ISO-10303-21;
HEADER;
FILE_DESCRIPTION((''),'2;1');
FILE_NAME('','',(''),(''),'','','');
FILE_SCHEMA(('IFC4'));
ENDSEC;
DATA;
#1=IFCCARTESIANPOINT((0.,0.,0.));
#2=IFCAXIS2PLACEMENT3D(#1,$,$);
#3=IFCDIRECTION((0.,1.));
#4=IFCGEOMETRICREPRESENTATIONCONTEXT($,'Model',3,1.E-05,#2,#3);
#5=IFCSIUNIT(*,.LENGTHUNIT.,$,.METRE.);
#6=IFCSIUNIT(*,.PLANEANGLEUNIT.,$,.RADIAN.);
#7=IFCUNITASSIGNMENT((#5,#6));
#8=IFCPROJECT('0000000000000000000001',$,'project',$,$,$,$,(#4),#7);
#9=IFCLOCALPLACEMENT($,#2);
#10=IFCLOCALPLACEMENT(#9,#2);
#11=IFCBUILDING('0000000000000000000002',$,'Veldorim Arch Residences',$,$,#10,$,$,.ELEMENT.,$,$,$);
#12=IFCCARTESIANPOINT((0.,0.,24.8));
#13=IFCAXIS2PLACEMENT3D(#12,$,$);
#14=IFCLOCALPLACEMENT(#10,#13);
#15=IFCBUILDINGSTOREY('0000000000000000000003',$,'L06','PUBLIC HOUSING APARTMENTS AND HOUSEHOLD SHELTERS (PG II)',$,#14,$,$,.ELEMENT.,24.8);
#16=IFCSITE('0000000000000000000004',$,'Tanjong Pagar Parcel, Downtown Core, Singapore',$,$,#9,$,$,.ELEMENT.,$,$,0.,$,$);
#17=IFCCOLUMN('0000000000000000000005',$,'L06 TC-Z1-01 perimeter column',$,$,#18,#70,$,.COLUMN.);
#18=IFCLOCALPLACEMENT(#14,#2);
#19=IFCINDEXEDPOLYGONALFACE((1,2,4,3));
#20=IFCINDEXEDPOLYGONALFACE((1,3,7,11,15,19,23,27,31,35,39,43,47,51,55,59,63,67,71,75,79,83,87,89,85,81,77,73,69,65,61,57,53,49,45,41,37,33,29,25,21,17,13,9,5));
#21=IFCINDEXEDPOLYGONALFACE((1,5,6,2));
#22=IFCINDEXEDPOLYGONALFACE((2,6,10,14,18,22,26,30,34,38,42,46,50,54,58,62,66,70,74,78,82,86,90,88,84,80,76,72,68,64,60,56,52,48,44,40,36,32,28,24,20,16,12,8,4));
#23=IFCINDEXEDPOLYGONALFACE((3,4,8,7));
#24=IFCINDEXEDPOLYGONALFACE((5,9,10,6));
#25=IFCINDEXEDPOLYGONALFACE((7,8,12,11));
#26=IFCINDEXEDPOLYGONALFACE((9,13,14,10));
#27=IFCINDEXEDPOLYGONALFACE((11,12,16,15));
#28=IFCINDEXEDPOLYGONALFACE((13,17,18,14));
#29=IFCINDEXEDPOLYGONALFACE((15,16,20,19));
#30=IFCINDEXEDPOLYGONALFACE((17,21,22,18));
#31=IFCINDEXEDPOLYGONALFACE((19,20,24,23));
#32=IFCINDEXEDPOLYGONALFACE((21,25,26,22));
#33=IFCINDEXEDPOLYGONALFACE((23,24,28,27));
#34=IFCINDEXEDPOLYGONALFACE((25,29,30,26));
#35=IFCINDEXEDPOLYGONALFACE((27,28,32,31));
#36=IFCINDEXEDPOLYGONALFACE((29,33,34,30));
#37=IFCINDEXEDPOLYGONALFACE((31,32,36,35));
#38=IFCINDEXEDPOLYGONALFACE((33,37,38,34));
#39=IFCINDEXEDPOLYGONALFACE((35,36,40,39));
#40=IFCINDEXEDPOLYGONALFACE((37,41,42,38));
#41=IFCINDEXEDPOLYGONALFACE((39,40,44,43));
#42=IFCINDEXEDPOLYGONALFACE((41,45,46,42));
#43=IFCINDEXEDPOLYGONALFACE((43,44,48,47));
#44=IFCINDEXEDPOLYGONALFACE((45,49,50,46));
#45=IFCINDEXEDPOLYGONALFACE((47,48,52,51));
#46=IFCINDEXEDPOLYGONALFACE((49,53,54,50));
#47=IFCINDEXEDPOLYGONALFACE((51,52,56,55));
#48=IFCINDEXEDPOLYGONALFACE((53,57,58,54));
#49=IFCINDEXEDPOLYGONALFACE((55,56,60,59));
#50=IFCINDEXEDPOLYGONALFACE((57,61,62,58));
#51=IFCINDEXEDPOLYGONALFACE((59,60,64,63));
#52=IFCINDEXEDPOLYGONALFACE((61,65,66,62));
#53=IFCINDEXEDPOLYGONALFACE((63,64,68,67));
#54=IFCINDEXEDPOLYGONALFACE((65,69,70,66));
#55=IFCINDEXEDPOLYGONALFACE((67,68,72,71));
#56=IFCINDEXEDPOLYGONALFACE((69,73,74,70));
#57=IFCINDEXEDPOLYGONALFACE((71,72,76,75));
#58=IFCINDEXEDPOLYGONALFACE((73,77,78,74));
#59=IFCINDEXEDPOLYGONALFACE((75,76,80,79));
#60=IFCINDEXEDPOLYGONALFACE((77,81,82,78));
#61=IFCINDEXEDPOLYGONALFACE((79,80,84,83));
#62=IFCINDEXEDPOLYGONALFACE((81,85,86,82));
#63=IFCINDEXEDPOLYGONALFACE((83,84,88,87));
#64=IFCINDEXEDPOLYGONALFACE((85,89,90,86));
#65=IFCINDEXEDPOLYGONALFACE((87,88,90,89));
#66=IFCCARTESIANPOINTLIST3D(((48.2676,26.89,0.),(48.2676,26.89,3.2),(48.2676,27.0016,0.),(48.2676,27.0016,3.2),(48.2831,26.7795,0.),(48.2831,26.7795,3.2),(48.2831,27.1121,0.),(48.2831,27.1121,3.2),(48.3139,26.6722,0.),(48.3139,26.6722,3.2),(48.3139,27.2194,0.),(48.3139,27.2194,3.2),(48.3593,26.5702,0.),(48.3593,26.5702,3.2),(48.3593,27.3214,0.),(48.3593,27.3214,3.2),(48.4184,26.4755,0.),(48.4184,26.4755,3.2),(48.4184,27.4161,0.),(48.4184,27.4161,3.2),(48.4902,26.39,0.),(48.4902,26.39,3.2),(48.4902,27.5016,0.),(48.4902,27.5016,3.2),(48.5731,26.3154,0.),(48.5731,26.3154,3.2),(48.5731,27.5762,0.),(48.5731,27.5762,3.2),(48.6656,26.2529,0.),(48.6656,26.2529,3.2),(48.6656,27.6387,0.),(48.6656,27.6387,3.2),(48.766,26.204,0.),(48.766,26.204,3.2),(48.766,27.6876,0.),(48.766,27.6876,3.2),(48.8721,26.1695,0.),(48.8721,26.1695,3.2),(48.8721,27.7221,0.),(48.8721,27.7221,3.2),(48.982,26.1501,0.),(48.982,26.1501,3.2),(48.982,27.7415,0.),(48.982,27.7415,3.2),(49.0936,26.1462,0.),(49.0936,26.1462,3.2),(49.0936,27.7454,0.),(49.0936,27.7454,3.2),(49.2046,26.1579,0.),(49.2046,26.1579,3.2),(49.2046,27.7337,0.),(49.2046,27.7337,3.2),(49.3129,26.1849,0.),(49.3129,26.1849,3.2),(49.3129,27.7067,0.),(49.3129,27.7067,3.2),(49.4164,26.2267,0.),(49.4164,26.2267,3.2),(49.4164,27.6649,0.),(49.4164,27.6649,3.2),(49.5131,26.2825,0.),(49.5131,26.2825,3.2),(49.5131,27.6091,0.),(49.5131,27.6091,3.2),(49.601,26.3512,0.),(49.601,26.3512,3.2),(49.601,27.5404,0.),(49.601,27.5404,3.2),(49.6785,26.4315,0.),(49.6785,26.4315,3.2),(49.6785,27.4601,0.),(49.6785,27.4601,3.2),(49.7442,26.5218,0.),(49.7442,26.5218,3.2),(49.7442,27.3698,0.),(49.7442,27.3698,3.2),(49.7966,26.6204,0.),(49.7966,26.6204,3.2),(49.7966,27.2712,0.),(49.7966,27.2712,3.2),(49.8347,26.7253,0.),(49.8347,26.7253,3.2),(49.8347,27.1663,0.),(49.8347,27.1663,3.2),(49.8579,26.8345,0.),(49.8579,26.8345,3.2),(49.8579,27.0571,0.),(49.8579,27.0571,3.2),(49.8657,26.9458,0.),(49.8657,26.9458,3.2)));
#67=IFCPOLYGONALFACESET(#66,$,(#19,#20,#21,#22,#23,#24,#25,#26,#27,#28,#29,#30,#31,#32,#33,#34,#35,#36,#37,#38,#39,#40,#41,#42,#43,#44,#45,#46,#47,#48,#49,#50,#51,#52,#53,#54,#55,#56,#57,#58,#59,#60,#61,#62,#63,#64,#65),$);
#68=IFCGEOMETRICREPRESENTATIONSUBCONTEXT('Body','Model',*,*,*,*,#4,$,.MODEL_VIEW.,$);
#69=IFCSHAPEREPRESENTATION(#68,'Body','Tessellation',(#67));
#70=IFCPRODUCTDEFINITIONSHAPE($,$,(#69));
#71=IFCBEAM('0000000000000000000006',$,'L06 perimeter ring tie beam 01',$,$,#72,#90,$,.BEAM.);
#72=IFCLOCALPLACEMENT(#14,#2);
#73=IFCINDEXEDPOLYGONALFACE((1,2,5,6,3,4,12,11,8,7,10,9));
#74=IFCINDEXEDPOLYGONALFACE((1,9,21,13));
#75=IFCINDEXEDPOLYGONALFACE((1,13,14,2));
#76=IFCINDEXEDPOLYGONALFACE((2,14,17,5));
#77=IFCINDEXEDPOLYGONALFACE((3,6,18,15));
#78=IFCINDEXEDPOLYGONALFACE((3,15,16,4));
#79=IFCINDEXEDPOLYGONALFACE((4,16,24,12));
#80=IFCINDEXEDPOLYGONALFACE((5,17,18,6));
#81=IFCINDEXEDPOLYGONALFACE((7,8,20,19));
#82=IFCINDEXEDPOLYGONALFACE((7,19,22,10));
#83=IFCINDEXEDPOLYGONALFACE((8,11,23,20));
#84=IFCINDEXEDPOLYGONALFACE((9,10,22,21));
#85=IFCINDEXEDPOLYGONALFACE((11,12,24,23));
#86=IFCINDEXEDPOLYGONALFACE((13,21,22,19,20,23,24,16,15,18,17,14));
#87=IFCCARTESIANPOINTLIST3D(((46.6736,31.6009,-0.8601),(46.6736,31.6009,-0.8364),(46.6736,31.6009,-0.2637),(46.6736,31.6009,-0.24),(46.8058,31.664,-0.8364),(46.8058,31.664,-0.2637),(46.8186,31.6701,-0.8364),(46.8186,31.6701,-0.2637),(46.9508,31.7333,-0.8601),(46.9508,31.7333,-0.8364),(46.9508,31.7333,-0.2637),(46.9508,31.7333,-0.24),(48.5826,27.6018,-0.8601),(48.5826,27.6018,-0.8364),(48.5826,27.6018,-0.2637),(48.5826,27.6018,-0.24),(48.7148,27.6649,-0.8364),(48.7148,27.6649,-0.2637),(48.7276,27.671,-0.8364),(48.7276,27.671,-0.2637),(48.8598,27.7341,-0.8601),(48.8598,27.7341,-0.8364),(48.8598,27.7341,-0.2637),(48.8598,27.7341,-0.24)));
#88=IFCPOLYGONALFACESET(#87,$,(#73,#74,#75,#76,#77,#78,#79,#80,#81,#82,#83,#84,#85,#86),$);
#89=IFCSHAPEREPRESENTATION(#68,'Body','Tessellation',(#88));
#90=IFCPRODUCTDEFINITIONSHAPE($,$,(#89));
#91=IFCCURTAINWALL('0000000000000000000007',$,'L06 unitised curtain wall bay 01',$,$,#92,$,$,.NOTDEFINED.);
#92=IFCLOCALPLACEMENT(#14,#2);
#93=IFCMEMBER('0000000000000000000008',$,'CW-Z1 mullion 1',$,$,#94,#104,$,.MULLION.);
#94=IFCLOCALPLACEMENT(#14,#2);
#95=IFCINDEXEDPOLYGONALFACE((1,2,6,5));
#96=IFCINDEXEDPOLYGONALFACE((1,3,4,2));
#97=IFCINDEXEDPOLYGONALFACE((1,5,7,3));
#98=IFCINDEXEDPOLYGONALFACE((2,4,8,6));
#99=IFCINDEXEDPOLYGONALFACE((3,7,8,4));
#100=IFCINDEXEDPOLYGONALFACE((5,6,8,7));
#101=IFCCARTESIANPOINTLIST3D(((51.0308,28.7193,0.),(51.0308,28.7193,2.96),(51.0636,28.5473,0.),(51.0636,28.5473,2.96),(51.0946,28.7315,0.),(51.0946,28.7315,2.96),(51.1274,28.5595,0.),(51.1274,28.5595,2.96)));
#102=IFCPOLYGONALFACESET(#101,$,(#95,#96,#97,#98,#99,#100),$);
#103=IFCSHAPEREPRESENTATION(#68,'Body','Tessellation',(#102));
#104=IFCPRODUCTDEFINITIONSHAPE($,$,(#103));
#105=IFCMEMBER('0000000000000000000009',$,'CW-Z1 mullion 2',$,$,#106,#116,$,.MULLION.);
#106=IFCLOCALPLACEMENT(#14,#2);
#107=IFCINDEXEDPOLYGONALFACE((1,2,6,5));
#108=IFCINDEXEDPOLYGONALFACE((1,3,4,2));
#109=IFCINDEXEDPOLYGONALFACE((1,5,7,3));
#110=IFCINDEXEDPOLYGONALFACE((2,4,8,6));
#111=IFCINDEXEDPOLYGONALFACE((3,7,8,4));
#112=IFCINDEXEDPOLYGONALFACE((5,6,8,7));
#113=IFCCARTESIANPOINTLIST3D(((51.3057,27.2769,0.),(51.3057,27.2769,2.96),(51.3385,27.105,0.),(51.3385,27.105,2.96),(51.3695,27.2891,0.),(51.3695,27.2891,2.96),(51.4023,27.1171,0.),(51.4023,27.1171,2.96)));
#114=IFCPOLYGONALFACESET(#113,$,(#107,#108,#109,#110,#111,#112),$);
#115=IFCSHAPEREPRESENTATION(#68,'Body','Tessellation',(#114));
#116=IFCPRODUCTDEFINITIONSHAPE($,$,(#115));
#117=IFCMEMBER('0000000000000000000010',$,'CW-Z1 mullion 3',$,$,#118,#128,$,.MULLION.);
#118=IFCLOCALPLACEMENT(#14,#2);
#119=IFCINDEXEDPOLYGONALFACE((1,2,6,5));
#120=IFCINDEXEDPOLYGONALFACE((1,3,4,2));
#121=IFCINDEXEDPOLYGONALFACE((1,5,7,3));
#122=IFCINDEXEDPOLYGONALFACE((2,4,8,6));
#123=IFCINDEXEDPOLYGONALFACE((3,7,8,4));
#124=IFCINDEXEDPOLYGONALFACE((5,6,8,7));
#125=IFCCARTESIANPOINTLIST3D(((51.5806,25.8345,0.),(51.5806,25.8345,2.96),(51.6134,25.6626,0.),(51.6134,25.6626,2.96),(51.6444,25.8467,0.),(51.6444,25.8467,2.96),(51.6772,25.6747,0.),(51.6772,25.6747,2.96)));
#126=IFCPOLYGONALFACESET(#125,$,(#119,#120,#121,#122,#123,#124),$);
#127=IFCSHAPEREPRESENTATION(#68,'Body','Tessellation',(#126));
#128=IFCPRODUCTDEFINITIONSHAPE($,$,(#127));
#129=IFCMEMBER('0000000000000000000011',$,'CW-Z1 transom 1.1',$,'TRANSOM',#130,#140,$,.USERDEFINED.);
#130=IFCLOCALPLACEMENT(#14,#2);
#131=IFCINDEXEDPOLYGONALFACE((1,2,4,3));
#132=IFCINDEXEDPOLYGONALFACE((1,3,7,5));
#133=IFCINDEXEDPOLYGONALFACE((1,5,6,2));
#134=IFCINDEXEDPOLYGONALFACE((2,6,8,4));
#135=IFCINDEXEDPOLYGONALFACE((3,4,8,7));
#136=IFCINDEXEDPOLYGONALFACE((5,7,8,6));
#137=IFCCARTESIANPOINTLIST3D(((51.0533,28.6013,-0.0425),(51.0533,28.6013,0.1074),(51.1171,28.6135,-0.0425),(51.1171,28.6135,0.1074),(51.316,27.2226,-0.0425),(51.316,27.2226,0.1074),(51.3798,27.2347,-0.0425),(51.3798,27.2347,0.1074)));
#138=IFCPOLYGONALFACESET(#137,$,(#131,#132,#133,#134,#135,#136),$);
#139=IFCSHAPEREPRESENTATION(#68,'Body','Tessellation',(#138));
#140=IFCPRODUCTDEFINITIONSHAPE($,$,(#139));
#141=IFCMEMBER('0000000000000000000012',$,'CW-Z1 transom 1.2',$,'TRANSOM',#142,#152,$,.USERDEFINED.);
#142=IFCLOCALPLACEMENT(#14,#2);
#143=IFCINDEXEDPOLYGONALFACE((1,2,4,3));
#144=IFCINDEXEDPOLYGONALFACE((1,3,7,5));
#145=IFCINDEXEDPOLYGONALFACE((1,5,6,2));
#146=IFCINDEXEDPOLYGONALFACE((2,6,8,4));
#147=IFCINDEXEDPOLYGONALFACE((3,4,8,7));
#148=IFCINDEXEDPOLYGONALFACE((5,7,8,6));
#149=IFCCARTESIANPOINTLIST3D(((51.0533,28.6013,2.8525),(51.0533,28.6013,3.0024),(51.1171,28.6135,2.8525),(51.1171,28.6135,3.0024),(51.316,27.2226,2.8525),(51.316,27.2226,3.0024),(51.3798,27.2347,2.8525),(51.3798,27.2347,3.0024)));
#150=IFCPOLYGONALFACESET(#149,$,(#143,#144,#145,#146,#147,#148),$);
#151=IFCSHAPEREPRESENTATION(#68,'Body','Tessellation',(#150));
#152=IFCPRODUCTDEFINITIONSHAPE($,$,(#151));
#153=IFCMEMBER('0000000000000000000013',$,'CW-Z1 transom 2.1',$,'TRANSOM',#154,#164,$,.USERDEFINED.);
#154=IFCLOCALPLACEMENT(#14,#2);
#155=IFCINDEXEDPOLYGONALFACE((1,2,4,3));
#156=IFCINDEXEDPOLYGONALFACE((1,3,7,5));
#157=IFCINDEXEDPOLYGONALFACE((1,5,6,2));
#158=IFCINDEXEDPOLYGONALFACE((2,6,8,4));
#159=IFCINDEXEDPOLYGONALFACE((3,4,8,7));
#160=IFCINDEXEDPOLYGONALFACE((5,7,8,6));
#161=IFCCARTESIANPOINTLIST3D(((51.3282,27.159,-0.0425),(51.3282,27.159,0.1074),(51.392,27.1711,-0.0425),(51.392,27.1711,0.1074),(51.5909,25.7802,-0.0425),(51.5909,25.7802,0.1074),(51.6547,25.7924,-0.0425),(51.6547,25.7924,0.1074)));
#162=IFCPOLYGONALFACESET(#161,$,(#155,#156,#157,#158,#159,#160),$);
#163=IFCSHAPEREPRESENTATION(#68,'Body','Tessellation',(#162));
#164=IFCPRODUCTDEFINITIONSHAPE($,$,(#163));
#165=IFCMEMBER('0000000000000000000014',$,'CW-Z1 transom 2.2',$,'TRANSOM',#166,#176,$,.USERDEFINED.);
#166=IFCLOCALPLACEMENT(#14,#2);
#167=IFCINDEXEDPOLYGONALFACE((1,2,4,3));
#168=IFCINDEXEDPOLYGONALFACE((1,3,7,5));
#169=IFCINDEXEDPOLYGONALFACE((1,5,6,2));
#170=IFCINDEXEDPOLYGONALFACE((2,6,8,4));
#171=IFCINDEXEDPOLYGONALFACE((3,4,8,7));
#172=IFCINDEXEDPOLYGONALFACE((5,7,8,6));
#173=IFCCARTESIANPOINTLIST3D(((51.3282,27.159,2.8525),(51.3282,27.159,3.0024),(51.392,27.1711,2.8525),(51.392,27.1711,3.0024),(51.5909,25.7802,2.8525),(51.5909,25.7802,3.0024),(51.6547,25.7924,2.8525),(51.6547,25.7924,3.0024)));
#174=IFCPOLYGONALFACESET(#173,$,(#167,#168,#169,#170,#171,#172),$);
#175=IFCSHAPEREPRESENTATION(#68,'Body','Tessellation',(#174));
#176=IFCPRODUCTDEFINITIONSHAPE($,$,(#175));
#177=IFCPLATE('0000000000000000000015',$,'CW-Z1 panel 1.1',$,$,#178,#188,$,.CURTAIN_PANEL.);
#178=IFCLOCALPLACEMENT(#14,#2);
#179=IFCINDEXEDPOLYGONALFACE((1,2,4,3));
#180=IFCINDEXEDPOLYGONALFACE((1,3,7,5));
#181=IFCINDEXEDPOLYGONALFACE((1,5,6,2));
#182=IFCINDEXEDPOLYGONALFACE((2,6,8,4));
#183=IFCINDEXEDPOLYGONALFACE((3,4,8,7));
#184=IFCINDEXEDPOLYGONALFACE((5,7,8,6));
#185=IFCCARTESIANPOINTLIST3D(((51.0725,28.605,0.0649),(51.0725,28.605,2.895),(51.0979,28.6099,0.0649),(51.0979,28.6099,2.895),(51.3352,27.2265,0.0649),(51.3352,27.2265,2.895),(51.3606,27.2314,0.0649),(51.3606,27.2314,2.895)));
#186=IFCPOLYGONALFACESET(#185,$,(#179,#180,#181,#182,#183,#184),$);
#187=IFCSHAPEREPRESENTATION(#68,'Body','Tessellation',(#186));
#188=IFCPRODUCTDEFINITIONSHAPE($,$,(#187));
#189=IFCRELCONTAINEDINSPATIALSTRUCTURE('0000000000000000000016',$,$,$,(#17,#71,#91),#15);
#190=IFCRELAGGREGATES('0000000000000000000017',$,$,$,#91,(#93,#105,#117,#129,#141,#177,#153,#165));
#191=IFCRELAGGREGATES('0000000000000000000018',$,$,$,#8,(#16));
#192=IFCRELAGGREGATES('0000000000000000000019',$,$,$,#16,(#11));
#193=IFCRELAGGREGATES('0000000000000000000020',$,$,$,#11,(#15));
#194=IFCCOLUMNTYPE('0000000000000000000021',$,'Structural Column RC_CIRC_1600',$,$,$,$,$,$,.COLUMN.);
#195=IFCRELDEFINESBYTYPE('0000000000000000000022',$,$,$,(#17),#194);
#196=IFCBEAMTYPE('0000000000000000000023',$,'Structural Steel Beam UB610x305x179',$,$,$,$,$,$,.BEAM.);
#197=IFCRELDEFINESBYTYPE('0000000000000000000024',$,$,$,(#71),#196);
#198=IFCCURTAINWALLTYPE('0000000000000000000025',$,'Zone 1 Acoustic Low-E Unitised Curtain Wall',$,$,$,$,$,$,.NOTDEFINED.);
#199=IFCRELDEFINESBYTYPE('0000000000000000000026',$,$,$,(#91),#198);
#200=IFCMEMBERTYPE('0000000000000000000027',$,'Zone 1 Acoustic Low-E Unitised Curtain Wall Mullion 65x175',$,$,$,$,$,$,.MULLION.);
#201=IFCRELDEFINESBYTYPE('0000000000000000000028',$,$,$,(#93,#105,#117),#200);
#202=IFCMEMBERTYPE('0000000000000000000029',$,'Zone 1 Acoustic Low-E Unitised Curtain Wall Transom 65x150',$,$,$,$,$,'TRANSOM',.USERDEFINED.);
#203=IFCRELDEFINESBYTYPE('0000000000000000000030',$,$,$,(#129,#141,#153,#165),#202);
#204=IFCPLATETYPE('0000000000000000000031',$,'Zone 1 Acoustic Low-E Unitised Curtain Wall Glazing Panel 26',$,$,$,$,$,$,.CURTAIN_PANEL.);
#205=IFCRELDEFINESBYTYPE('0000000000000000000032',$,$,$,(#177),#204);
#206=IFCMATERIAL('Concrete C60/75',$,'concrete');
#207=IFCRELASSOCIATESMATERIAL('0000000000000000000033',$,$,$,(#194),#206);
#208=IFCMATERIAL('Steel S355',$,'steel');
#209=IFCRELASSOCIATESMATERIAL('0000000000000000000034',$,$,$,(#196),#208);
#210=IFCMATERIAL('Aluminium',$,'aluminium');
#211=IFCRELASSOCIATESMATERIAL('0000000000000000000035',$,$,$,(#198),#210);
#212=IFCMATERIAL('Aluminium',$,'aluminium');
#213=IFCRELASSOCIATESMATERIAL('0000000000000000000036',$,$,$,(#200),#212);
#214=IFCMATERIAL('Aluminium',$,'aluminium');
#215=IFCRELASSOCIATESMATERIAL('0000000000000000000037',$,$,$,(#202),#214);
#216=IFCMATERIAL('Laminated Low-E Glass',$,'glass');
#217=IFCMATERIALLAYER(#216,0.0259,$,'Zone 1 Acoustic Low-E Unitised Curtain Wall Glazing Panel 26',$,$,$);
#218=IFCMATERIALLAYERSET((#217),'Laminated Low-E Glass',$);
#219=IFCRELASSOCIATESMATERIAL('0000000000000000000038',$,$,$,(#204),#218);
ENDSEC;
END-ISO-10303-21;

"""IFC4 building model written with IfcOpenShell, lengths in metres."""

from ifc_helpers import new_model, si_unit, direction, frame, origin, origin_2d, place, context, subcontext, project, spatial, rectangle, circle, i_section, extrude, material, layer, layer_set, material_profile, profile_set, type_object, element, aggregate, save


model = new_model("IFC4")

# Units and contexts
model_context = context("Model", 3, precision=1e-05, world=origin(), true_north=direction((0.0, 1.0)))
body_context = subcontext(model_context, "Body", "Model", "MODEL_VIEW")
ifc_project = project(units=[si_unit("LENGTHUNIT", "METRE"), si_unit("PLANEANGLEUNIT", "RADIAN")], contexts=[model_context])

# Site, building, storey
site_placement = place(None, origin())
site = spatial("IfcSite", under=ifc_project, at=site_placement, Name="Tanjong Pagar Parcel, Downtown Core, Singapore", CompositionType="ELEMENT", RefElevation=0.0)
building_placement = place(site_placement, origin())
building = spatial("IfcBuilding", under=site, at=building_placement, Name="Veldorim Arch Residences", CompositionType="ELEMENT")
storey_placement = place(building_placement, frame((0.0, 0.0, 24.8)))
storey = spatial("IfcBuildingStorey", under=building, at=storey_placement, Name="L06", Description="PUBLIC HOUSING APARTMENTS AND HOUSEHOLD SHELTERS (PG II)", CompositionType="ELEMENT", Elevation=24.8)

# Column
ifc_material_1 = material(Name="Concrete C60/75", Category="concrete")
ifc_material_profile_1 = material_profile(ifc_material_1, circle(Radius=0.8, at=origin_2d()), Name="RC_CIRC_1600")
ifc_profile_set_1 = profile_set([ifc_material_profile_1], Name="Concrete C60/75")
column_type = type_object("IfcColumnType", Name="Structural Column RC_CIRC_1600", PredefinedType="COLUMN", material=ifc_profile_set_1)
column_placement = place(storey_placement, frame((49.0657, 26.9458, 0.0), z_axis=(0.0, 0.0, 1.0), x_axis=(1.0, 0.0, 0.0)))
element("IfcColumn", 1, at=column_placement, inside=storey, type_object=column_type, Name="L06 TC-Z1-01 perimeter column", PredefinedType="COLUMN", context=body_context, shape_type="SweptSolid", body=[
    extrude(circle(Radius=0.8, at=origin_2d()), origin(), (0.0, 0.0, 1.0), 3.2),
])

# Beam
ifc_material_2 = material(Name="Steel S355", Category="steel")
ifc_material_profile_2 = material_profile(ifc_material_2, i_section(OverallWidth=0.3071, OverallDepth=0.6201, WebThickness=0.0142, FlangeThickness=0.0237, at=origin_2d()), Name="UB610x305x179")
ifc_profile_set_2 = profile_set([ifc_material_profile_2], Name="Steel S355")
beam_type = type_object("IfcBeamType", Name="Structural Steel Beam UB610x305x179", PredefinedType="BEAM", material=ifc_profile_set_2)
beam_placement = place(storey_placement, frame((48.7212, 27.668, -0.55), z_axis=(-0.430787, 0.902454, 0.0), x_axis=(-0.902454, -0.430787, 0.0)))
element("IfcBeam", 2, at=beam_placement, inside=storey, type_object=beam_type, Name="L06 perimeter ring tie beam 01", PredefinedType="BEAM", context=body_context, shape_type="SweptSolid", body=[
    extrude(i_section(OverallWidth=0.3071, OverallDepth=0.6201, WebThickness=0.0142, FlangeThickness=0.0237, at=origin_2d()), origin(), (0.0, 0.0, 1.0), 4.4314),
])

# Curtain wall, members, plate
ifc_material_3 = material(Name="Aluminium", Category="aluminium")
curtain_wall_type = type_object("IfcCurtainWallType", Name="Zone 1 Acoustic Low-E Unitised Curtain Wall", PredefinedType="NOTDEFINED", material=ifc_material_3)
curtain_wall_placement = place(storey_placement, origin())
curtain_wall = element("IfcCurtainWall", 3, at=curtain_wall_placement, inside=storey, type_object=curtain_wall_type, Name="L06 unitised curtain wall bay 01", PredefinedType="NOTDEFINED")
ifc_material_4 = material(Name="Aluminium", Category="aluminium")
ifc_material_profile_3 = material_profile(ifc_material_4, rectangle(XDim=0.0649, YDim=0.175, at=origin_2d()), Name="ALU_MUL_65x175")
ifc_profile_set_3 = profile_set([ifc_material_profile_3], Name="Aluminium")
member_type_1 = type_object("IfcMemberType", Name="Zone 1 Acoustic Low-E Unitised Curtain Wall Mullion 65x175", PredefinedType="MULLION", material=ifc_profile_set_3)
member_1_placement = place(storey_placement, frame((51.0791, 28.6394, 0.0), z_axis=(0.0, 0.0, 1.0), x_axis=(0.982318, 0.187222, 0.0)))
member_1 = element("IfcMember", 4, at=member_1_placement, type_object=member_type_1, Name="CW-Z1 mullion 1", PredefinedType="MULLION", context=body_context, shape_type="SweptSolid", body=[
    extrude(rectangle(XDim=0.0649, YDim=0.175, at=origin_2d()), origin(), (0.0, 0.0, 1.0), 2.96),
])
member_2_placement = place(storey_placement, frame((51.354, 27.197, 0.0), z_axis=(0.0, 0.0, 1.0), x_axis=(0.982318, 0.187222, 0.0)))
member_2 = element("IfcMember", 5, at=member_2_placement, type_object=member_type_1, Name="CW-Z1 mullion 2", PredefinedType="MULLION", context=body_context, shape_type="SweptSolid", body=[
    extrude(rectangle(XDim=0.0649, YDim=0.175, at=origin_2d()), origin(), (0.0, 0.0, 1.0), 2.96),
])
member_3_placement = place(storey_placement, frame((51.6289, 25.7546, 0.0), z_axis=(0.0, 0.0, 1.0), x_axis=(0.982318, 0.187222, 0.0)))
member_3 = element("IfcMember", 6, at=member_3_placement, type_object=member_type_1, Name="CW-Z1 mullion 3", PredefinedType="MULLION", context=body_context, shape_type="SweptSolid", body=[
    extrude(rectangle(XDim=0.0649, YDim=0.175, at=origin_2d()), origin(), (0.0, 0.0, 1.0), 2.96),
])
ifc_material_5 = material(Name="Aluminium", Category="aluminium")
ifc_material_profile_4 = material_profile(ifc_material_5, rectangle(XDim=0.0649, YDim=0.1499, at=origin_2d()), Name="ALU_TRN_65x150")
ifc_profile_set_4 = profile_set([ifc_material_profile_4], Name="Aluminium")
member_type_2 = type_object("IfcMemberType", Name="Zone 1 Acoustic Low-E Unitised Curtain Wall Transom 65x150", ElementType="TRANSOM", PredefinedType="USERDEFINED", material=ifc_profile_set_4)
member_4_placement = place(storey_placement, frame((51.0852, 28.6074, 0.0325), z_axis=(0.187176, -0.982326, 0.0), x_axis=(0.982326, 0.187176, 0.0)))
member_4 = element("IfcMember", 7, at=member_4_placement, type_object=member_type_2, Name="CW-Z1 transom 1.1", ObjectType="TRANSOM", PredefinedType="USERDEFINED", context=body_context, shape_type="SweptSolid", body=[
    extrude(rectangle(XDim=0.0649, YDim=0.1499, at=origin_2d()), origin(), (0.0, 0.0, 1.0), 1.4036),
])
member_5_placement = place(storey_placement, frame((51.0852, 28.6074, 2.9275), z_axis=(0.187176, -0.982326, 0.0), x_axis=(0.982326, 0.187176, 0.0)))
member_5 = element("IfcMember", 8, at=member_5_placement, type_object=member_type_2, Name="CW-Z1 transom 1.2", ObjectType="TRANSOM", PredefinedType="USERDEFINED", context=body_context, shape_type="SweptSolid", body=[
    extrude(rectangle(XDim=0.0649, YDim=0.1499, at=origin_2d()), origin(), (0.0, 0.0, 1.0), 1.4036),
])
member_6_placement = place(storey_placement, frame((51.3601, 27.165, 0.0325), z_axis=(0.187176, -0.982326, 0.0), x_axis=(0.982326, 0.187176, 0.0)))
member_6 = element("IfcMember", 9, at=member_6_placement, type_object=member_type_2, Name="CW-Z1 transom 2.1", ObjectType="TRANSOM", PredefinedType="USERDEFINED", context=body_context, shape_type="SweptSolid", body=[
    extrude(rectangle(XDim=0.0649, YDim=0.1499, at=origin_2d()), origin(), (0.0, 0.0, 1.0), 1.4036),
])
member_7_placement = place(storey_placement, frame((51.3601, 27.165, 2.9275), z_axis=(0.187176, -0.982326, 0.0), x_axis=(0.982326, 0.187176, 0.0)))
member_7 = element("IfcMember", 10, at=member_7_placement, type_object=member_type_2, Name="CW-Z1 transom 2.2", ObjectType="TRANSOM", PredefinedType="USERDEFINED", context=body_context, shape_type="SweptSolid", body=[
    extrude(rectangle(XDim=0.0649, YDim=0.1499, at=origin_2d()), origin(), (0.0, 0.0, 1.0), 1.4036),
])
ifc_material_6 = material(Name="Laminated Low-E Glass", Category="glass")
ifc_layer_1 = layer(ifc_material_6, 0.0259, Name="Zone 1 Acoustic Low-E Unitised Curtain Wall Glazing Panel 26")
ifc_layer_set_1 = layer_set([ifc_layer_1], Name="Laminated Low-E Glass")
plate_type = type_object("IfcPlateType", Name="Zone 1 Acoustic Low-E Unitised Curtain Wall Glazing Panel 26", PredefinedType="CURTAIN_PANEL", material=ifc_layer_set_1)
plate_1_placement = place(storey_placement, frame((51.2166, 27.9182, 0.0649), z_axis=(0.0, 0.0, 1.0), x_axis=(0.187222, -0.982318, 0.0)))
plate_1 = element("IfcPlate", 11, at=plate_1_placement, type_object=plate_type, Name="CW-Z1 panel 1.1", PredefinedType="CURTAIN_PANEL", context=body_context, shape_type="SweptSolid", body=[
    extrude(rectangle(XDim=1.4033, YDim=0.0259, at=origin_2d()), origin(), (0.0, 0.0, 1.0), 2.8301),
])
aggregate(curtain_wall, [member_1, member_2, member_3, member_4, member_5, plate_1, member_6, member_7])

save(model, "model.ifc")
